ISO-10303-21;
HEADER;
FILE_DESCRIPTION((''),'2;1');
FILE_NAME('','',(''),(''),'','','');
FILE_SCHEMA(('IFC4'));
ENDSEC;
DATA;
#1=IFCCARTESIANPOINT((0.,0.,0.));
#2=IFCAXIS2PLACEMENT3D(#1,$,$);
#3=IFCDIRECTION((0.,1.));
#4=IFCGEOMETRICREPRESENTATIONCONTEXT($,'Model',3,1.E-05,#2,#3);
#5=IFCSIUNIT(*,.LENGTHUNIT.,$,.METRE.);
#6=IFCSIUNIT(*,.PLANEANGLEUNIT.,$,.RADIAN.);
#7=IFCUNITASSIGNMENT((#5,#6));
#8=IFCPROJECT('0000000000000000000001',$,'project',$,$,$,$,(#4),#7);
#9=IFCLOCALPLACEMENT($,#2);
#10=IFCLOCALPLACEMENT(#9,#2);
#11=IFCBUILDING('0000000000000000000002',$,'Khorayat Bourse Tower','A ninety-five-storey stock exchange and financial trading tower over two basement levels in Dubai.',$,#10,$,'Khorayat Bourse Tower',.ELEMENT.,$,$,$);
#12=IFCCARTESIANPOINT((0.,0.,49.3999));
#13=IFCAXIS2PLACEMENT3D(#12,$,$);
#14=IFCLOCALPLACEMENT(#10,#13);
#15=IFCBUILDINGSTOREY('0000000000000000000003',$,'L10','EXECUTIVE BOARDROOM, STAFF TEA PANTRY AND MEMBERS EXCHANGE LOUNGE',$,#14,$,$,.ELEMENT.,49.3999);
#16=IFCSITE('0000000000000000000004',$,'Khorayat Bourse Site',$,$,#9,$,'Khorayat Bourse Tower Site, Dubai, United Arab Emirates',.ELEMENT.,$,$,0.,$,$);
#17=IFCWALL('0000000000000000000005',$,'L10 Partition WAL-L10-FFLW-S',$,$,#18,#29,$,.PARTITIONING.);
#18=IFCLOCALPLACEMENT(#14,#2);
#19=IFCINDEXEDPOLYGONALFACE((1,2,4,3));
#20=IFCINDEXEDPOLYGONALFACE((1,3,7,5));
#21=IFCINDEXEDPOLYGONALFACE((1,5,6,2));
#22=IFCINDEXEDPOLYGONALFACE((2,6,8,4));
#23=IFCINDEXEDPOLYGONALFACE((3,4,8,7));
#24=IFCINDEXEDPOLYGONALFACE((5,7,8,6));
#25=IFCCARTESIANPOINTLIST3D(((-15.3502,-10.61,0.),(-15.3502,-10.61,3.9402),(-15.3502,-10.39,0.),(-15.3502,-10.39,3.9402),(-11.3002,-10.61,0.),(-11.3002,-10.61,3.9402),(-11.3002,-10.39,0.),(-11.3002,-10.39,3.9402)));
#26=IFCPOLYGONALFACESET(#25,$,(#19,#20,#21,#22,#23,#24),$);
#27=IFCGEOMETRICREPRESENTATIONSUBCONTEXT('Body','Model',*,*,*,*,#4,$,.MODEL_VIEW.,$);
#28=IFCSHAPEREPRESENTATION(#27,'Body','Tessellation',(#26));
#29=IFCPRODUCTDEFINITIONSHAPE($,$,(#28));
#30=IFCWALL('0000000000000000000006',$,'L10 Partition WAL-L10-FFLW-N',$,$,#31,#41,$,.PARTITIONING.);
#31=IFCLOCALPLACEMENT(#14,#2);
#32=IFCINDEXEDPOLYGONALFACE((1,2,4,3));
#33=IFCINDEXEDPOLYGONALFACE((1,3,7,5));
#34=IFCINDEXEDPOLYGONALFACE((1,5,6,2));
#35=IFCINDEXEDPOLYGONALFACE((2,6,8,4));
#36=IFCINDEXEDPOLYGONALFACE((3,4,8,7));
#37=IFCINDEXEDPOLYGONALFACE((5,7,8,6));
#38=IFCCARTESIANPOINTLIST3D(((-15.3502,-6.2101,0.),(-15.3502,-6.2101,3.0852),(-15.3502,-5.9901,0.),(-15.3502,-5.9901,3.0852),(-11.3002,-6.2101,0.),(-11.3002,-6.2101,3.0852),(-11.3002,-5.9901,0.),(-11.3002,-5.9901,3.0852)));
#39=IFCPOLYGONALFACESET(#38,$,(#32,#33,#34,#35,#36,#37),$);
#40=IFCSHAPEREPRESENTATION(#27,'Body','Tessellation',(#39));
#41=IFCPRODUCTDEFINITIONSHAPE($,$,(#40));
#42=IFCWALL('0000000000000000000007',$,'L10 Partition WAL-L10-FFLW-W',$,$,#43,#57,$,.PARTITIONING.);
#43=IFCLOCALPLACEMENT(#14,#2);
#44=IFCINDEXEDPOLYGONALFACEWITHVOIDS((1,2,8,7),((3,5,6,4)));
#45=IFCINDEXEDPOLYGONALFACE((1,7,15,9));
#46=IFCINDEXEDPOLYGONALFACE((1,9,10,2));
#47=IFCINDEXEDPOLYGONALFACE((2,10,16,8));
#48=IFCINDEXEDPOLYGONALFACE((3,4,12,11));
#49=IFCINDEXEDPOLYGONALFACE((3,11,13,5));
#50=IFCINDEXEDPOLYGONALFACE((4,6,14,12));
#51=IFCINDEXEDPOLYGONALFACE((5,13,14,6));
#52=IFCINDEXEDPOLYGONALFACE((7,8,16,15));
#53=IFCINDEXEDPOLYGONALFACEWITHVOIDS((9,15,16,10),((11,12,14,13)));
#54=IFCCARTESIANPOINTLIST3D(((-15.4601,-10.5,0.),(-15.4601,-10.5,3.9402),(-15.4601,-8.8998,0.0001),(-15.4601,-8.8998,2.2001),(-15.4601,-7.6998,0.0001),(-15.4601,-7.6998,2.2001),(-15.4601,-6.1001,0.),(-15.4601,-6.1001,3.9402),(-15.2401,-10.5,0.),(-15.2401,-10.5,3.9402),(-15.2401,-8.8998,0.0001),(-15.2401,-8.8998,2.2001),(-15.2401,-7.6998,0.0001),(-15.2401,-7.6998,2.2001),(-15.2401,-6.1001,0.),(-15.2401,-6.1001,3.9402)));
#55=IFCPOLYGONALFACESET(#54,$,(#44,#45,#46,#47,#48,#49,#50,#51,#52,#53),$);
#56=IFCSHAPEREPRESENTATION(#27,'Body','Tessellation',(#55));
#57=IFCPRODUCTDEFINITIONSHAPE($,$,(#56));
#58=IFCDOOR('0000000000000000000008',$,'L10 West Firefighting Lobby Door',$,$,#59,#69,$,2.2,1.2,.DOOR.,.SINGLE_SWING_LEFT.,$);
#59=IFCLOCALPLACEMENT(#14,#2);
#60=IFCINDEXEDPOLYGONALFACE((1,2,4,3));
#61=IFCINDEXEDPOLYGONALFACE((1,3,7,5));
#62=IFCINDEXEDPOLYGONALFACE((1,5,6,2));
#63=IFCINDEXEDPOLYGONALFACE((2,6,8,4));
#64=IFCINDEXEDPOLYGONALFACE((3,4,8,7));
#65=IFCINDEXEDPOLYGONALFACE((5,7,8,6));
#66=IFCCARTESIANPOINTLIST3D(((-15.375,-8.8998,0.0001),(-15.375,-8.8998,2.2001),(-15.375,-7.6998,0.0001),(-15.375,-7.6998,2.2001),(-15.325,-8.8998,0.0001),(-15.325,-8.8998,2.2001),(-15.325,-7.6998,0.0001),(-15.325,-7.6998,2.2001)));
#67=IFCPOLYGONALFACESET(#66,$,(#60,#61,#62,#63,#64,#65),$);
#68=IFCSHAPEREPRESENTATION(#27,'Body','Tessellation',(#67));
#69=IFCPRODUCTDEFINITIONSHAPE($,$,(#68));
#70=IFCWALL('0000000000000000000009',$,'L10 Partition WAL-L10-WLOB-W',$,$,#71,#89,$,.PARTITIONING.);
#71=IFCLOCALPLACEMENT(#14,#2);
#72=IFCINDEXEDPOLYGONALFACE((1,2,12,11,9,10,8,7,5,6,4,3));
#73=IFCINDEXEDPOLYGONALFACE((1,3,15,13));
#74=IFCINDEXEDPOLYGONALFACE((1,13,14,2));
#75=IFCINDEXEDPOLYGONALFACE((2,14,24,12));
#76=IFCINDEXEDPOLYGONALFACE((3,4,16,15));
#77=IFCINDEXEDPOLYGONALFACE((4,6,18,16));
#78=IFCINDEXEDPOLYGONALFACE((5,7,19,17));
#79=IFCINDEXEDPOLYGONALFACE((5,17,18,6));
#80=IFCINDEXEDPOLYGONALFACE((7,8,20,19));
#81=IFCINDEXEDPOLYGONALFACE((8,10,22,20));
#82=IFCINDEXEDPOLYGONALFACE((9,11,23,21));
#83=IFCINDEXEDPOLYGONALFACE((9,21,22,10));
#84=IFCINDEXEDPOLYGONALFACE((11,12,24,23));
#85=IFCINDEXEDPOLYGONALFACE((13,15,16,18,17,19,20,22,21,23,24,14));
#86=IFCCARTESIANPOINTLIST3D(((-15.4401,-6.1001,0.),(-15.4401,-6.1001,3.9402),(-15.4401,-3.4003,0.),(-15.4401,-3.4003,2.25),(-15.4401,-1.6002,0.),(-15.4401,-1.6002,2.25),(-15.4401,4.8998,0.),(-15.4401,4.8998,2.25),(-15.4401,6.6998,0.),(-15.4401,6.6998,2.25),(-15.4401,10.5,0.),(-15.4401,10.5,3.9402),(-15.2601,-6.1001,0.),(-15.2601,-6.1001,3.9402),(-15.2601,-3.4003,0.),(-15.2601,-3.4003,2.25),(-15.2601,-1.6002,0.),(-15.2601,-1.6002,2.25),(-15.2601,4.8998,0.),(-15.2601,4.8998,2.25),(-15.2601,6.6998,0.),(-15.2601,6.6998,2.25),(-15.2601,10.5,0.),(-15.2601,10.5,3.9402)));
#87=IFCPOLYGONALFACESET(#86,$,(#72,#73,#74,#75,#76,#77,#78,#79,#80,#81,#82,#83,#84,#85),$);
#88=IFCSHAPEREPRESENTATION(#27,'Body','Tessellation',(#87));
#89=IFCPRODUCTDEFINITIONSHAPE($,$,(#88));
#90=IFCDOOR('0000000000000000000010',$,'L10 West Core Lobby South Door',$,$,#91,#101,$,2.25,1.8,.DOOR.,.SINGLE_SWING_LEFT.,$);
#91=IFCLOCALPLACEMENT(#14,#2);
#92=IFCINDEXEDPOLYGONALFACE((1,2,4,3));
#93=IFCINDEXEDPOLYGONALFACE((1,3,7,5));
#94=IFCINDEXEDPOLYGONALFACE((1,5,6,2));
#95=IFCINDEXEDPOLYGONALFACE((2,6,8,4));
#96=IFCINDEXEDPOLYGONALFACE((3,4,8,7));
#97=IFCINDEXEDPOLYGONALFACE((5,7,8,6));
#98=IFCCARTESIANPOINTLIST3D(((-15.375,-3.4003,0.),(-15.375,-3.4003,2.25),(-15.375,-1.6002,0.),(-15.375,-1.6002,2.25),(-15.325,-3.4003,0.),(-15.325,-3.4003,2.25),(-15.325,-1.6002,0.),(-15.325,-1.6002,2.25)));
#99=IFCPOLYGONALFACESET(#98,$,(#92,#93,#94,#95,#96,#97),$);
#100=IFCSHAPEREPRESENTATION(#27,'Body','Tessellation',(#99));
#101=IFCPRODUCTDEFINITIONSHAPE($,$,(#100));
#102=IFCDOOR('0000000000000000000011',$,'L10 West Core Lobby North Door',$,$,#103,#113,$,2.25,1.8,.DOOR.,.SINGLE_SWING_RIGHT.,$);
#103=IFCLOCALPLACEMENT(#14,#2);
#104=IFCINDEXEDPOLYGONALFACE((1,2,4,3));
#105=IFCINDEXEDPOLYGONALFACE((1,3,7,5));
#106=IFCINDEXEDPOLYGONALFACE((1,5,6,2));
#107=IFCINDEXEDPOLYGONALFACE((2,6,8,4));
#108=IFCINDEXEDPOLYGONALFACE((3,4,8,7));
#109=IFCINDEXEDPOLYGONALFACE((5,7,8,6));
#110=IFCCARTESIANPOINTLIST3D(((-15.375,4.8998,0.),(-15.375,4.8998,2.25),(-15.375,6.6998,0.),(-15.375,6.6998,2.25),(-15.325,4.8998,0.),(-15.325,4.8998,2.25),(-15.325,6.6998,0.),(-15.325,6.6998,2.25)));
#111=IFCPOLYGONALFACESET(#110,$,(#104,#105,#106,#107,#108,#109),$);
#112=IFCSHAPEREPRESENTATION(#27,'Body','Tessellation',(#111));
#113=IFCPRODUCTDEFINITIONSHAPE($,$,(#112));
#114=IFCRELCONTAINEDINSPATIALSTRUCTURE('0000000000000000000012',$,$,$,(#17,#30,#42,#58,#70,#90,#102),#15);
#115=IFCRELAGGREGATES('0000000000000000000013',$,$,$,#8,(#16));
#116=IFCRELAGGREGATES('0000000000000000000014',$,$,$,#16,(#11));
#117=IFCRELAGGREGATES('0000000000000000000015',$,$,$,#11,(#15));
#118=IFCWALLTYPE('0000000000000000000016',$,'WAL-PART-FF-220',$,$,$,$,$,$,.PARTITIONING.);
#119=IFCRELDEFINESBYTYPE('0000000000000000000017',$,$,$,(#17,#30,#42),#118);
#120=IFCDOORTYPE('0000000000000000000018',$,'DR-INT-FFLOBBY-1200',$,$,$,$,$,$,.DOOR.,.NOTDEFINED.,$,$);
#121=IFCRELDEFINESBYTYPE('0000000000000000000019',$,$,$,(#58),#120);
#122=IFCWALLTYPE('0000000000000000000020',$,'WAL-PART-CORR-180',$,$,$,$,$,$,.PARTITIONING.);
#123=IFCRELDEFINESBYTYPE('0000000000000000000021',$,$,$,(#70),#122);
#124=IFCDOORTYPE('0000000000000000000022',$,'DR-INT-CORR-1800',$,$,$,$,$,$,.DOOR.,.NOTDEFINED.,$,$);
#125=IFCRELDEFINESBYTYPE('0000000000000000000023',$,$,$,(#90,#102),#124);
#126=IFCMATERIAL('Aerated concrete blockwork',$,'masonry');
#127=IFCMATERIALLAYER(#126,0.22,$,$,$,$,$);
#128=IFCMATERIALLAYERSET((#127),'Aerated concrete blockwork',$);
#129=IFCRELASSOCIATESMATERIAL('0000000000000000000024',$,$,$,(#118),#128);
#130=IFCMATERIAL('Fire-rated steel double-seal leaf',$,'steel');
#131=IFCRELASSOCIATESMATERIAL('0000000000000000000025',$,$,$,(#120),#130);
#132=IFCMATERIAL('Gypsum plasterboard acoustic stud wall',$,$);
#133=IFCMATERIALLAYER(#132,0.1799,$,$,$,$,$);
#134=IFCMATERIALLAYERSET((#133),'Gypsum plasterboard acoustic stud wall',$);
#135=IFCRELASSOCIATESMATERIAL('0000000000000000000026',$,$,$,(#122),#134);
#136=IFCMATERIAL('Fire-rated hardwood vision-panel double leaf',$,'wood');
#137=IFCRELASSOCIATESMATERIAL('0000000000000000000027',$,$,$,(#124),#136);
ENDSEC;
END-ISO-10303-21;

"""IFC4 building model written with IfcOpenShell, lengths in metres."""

from ifc_helpers import new_model, si_unit, direction, frame, frame_2d, origin, place, context, subcontext, project, spatial, rectangle, extrude, source, transform, mapped, material, layer, layer_set, type_object, element, fill, save


model = new_model("IFC4")

# Units and contexts
model_context = context("Model", 3, precision=1e-05, world=origin(), true_north=direction((0.0, 1.0)))
body_context = subcontext(model_context, "Body", "Model", "MODEL_VIEW")
ifc_project = project(units=[si_unit("LENGTHUNIT", "METRE"), si_unit("PLANEANGLEUNIT", "RADIAN")], contexts=[model_context])

# Site, building, storey
site_placement = place(None, origin())
site = spatial("IfcSite", under=ifc_project, at=site_placement, Name="Khorayat Bourse Site", LongName="Khorayat Bourse Tower Site, Dubai, United Arab Emirates", CompositionType="ELEMENT", RefElevation=0.0)
building_placement = place(site_placement, origin())
building = spatial("IfcBuilding", under=site, at=building_placement, Name="Khorayat Bourse Tower", Description="A ninety-five-storey stock exchange and financial trading tower over two basement levels in Dubai.", LongName="Khorayat Bourse Tower", CompositionType="ELEMENT")
storey_placement = place(building_placement, frame((0.0, 0.0, 49.3999)))
storey = spatial("IfcBuildingStorey", under=building, at=storey_placement, Name="L10", Description="EXECUTIVE BOARDROOM, STAFF TEA PANTRY AND MEMBERS EXCHANGE LOUNGE", CompositionType="ELEMENT", Elevation=49.3999)

# Walls
ifc_material_1 = material(Name="Aerated concrete blockwork", Category="masonry")
ifc_layer_1 = layer(ifc_material_1, 0.22)
ifc_layer_set_1 = layer_set([ifc_layer_1], Name="Aerated concrete blockwork")
wall_type_1 = type_object("IfcWallType", Name="WAL-PART-FF-220", PredefinedType="PARTITIONING", material=ifc_layer_set_1)
shared_shape_1 = source(origin(), body_context, "Body", "SweptSolid", [
    extrude(rectangle(XDim=4.05, YDim=0.22, at=frame_2d((2.0249, 0.0))), origin(), (0.0, 0.0, 1.0), 3.9402),
])
wall_1_placement = place(storey_placement, frame((-15.3501, -10.5, 0.0), z_axis=(0.0, 0.0, 1.0), x_axis=(1.0, 0.0, 0.0)))
element("IfcWall", 1, at=wall_1_placement, inside=storey, type_object=wall_type_1, Name="L10 Partition WAL-L10-FFLW-S", PredefinedType="PARTITIONING", context=body_context, shape_type="MappedRepresentation", body=[
    mapped(shared_shape_1, transform((0.0, 0.0, 0.0), scale=1.0)),
])
shared_shape_2 = source(origin(), body_context, "Body", "SweptSolid", [
    extrude(rectangle(XDim=4.05, YDim=0.22, at=frame_2d((2.0249, 0.0))), origin(), (0.0, 0.0, 1.0), 3.0852),
])
wall_2_placement = place(storey_placement, frame((-15.3501, -6.1001, 0.0), z_axis=(0.0, 0.0, 1.0), x_axis=(1.0, 0.0, 0.0)))
element("IfcWall", 2, at=wall_2_placement, inside=storey, type_object=wall_type_1, Name="L10 Partition WAL-L10-FFLW-N", PredefinedType="PARTITIONING", context=body_context, shape_type="MappedRepresentation", body=[
    mapped(shared_shape_2, transform((0.0, 0.0, 0.0), scale=1.0)),
])

# Wall, opening, door
shared_shape_3 = source(origin(), body_context, "Body", "SweptSolid", [
    extrude(rectangle(XDim=4.3999, YDim=0.22, at=frame_2d((2.2, 0.0))), origin(), (0.0, 0.0, 1.0), 3.9402),
])
wall_3_placement = place(storey_placement, frame((-15.3501, -10.5, 0.0), z_axis=(0.0, 0.0, 1.0), x_axis=(0.0, 1.0, 0.0)))
wall_3 = element("IfcWall", 3, at=wall_3_placement, inside=storey, type_object=wall_type_1, Name="L10 Partition WAL-L10-FFLW-W", PredefinedType="PARTITIONING", context=body_context, shape_type="MappedRepresentation", body=[
    mapped(shared_shape_3, transform((0.0, 0.0, 0.0), scale=1.0)),
])
shared_shape_4 = source(origin(), body_context, "Body", "SweptSolid", [
    extrude(rectangle(XDim=1.2, YDim=2.2, at=frame_2d((0.6001, 1.1001))), frame((0.0, 0.1199, 0.0), z_axis=(0.0, -1.0, 0.0), x_axis=(1.0, 0.0, 0.0)), (0.0, 0.0, 1.0), 0.24),
])
opening_1_placement = place(wall_3_placement, frame((1.6001, 0.0, 0.0)))
opening_1 = element("IfcOpeningElement", 4, at=opening_1_placement, cuts=wall_3, PredefinedType="OPENING", context=body_context, shape_type="MappedRepresentation", body=[
    mapped(shared_shape_4, transform((0.0, 0.0, 0.0), scale=1.0)),
])
ifc_material_2 = material(Name="Fire-rated steel double-seal leaf", Category="steel")
door_type_1 = type_object("IfcDoorType", Name="DR-INT-FFLOBBY-1200", OperationType="NOTDEFINED", PredefinedType="DOOR", material=ifc_material_2)
shared_shape_5 = source(origin(), body_context, "Body", "SweptSolid", [
    extrude(rectangle(XDim=1.2, YDim=2.2, at=frame_2d((0.6001, 1.1001))), frame((0.0, 0.0249, 0.0), z_axis=(0.0, -1.0, 0.0), x_axis=(1.0, 0.0, 0.0)), (0.0, 0.0, 1.0), 0.05),
])
door_1_placement = place(opening_1_placement, origin())
door_1 = element("IfcDoor", 5, at=door_1_placement, inside=storey, type_object=door_type_1, Name="L10 West Firefighting Lobby Door", OperationType="SINGLE_SWING_LEFT", OverallHeight=2.2, OverallWidth=1.2, PredefinedType="DOOR", context=body_context, shape_type="MappedRepresentation", body=[
    mapped(shared_shape_5, transform((0.0, 0.0, 0.0), scale=1.0)),
])
fill(opening_1, door_1)

# Wall, openings, doors
ifc_material_3 = material(Name="Gypsum plasterboard acoustic stud wall")
ifc_layer_2 = layer(ifc_material_3, 0.1799)
ifc_layer_set_2 = layer_set([ifc_layer_2], Name="Gypsum plasterboard acoustic stud wall")
wall_type_2 = type_object("IfcWallType", Name="WAL-PART-CORR-180", PredefinedType="PARTITIONING", material=ifc_layer_set_2)
shared_shape_6 = source(origin(), body_context, "Body", "SweptSolid", [
    extrude(rectangle(XDim=16.6001, YDim=0.1799, at=frame_2d((8.3, 0.0))), origin(), (0.0, 0.0, 1.0), 3.9402),
])
wall_4_placement = place(storey_placement, frame((-15.3501, -6.1001, 0.0), z_axis=(0.0, 0.0, 1.0), x_axis=(0.0, 1.0, 0.0)))
wall_4 = element("IfcWall", 6, at=wall_4_placement, inside=storey, type_object=wall_type_2, Name="L10 Partition WAL-L10-WLOB-W", PredefinedType="PARTITIONING", context=body_context, shape_type="MappedRepresentation", body=[
    mapped(shared_shape_6, transform((0.0, 0.0, 0.0), scale=1.0)),
])
shared_shape_7 = source(origin(), body_context, "Body", "SweptSolid", [
    extrude(rectangle(XDim=1.8, YDim=2.25, at=frame_2d((0.8999, 1.125))), frame((0.0, 0.0999, 0.0), z_axis=(0.0, -1.0, 0.0), x_axis=(1.0, 0.0, 0.0)), (0.0, 0.0, 1.0), 0.2),
])
opening_2_placement = place(wall_4_placement, frame((2.7, 0.0, 0.0)))
opening_2 = element("IfcOpeningElement", 7, at=opening_2_placement, cuts=wall_4, PredefinedType="OPENING", context=body_context, shape_type="MappedRepresentation", body=[
    mapped(shared_shape_7, transform((0.0, 0.0, 0.0), scale=1.0)),
])
opening_3_placement = place(wall_4_placement, frame((11.0, 0.0, 0.0)))
opening_3 = element("IfcOpeningElement", 8, at=opening_3_placement, cuts=wall_4, PredefinedType="OPENING", context=body_context, shape_type="MappedRepresentation", body=[
    mapped(shared_shape_7, transform((0.0, 0.0, 0.0), scale=1.0)),
])
ifc_material_4 = material(Name="Fire-rated hardwood vision-panel double leaf", Category="wood")
door_type_2 = type_object("IfcDoorType", Name="DR-INT-CORR-1800", OperationType="NOTDEFINED", PredefinedType="DOOR", material=ifc_material_4)
shared_shape_8 = source(origin(), body_context, "Body", "SweptSolid", [
    extrude(rectangle(XDim=1.8, YDim=2.25, at=frame_2d((0.8999, 1.125))), frame((0.0, 0.0249, 0.0), z_axis=(0.0, -1.0, 0.0), x_axis=(1.0, 0.0, 0.0)), (0.0, 0.0, 1.0), 0.05),
])
door_2_placement = place(opening_2_placement, origin())
door_2 = element("IfcDoor", 9, at=door_2_placement, inside=storey, type_object=door_type_2, Name="L10 West Core Lobby South Door", OperationType="SINGLE_SWING_LEFT", OverallHeight=2.25, OverallWidth=1.8, PredefinedType="DOOR", context=body_context, shape_type="MappedRepresentation", body=[
    mapped(shared_shape_8, transform((0.0, 0.0, 0.0), scale=1.0)),
])
fill(opening_2, door_2)
door_3_placement = place(opening_3_placement, origin())
door_3 = element("IfcDoor", 10, at=door_3_placement, inside=storey, type_object=door_type_2, Name="L10 West Core Lobby North Door", OperationType="SINGLE_SWING_RIGHT", OverallHeight=2.25, OverallWidth=1.8, PredefinedType="DOOR", context=body_context, shape_type="MappedRepresentation", body=[
    mapped(shared_shape_8, transform((0.0, 0.0, 0.0), scale=1.0)),
])
fill(opening_3, door_3)

save(model, "model.ifc")
